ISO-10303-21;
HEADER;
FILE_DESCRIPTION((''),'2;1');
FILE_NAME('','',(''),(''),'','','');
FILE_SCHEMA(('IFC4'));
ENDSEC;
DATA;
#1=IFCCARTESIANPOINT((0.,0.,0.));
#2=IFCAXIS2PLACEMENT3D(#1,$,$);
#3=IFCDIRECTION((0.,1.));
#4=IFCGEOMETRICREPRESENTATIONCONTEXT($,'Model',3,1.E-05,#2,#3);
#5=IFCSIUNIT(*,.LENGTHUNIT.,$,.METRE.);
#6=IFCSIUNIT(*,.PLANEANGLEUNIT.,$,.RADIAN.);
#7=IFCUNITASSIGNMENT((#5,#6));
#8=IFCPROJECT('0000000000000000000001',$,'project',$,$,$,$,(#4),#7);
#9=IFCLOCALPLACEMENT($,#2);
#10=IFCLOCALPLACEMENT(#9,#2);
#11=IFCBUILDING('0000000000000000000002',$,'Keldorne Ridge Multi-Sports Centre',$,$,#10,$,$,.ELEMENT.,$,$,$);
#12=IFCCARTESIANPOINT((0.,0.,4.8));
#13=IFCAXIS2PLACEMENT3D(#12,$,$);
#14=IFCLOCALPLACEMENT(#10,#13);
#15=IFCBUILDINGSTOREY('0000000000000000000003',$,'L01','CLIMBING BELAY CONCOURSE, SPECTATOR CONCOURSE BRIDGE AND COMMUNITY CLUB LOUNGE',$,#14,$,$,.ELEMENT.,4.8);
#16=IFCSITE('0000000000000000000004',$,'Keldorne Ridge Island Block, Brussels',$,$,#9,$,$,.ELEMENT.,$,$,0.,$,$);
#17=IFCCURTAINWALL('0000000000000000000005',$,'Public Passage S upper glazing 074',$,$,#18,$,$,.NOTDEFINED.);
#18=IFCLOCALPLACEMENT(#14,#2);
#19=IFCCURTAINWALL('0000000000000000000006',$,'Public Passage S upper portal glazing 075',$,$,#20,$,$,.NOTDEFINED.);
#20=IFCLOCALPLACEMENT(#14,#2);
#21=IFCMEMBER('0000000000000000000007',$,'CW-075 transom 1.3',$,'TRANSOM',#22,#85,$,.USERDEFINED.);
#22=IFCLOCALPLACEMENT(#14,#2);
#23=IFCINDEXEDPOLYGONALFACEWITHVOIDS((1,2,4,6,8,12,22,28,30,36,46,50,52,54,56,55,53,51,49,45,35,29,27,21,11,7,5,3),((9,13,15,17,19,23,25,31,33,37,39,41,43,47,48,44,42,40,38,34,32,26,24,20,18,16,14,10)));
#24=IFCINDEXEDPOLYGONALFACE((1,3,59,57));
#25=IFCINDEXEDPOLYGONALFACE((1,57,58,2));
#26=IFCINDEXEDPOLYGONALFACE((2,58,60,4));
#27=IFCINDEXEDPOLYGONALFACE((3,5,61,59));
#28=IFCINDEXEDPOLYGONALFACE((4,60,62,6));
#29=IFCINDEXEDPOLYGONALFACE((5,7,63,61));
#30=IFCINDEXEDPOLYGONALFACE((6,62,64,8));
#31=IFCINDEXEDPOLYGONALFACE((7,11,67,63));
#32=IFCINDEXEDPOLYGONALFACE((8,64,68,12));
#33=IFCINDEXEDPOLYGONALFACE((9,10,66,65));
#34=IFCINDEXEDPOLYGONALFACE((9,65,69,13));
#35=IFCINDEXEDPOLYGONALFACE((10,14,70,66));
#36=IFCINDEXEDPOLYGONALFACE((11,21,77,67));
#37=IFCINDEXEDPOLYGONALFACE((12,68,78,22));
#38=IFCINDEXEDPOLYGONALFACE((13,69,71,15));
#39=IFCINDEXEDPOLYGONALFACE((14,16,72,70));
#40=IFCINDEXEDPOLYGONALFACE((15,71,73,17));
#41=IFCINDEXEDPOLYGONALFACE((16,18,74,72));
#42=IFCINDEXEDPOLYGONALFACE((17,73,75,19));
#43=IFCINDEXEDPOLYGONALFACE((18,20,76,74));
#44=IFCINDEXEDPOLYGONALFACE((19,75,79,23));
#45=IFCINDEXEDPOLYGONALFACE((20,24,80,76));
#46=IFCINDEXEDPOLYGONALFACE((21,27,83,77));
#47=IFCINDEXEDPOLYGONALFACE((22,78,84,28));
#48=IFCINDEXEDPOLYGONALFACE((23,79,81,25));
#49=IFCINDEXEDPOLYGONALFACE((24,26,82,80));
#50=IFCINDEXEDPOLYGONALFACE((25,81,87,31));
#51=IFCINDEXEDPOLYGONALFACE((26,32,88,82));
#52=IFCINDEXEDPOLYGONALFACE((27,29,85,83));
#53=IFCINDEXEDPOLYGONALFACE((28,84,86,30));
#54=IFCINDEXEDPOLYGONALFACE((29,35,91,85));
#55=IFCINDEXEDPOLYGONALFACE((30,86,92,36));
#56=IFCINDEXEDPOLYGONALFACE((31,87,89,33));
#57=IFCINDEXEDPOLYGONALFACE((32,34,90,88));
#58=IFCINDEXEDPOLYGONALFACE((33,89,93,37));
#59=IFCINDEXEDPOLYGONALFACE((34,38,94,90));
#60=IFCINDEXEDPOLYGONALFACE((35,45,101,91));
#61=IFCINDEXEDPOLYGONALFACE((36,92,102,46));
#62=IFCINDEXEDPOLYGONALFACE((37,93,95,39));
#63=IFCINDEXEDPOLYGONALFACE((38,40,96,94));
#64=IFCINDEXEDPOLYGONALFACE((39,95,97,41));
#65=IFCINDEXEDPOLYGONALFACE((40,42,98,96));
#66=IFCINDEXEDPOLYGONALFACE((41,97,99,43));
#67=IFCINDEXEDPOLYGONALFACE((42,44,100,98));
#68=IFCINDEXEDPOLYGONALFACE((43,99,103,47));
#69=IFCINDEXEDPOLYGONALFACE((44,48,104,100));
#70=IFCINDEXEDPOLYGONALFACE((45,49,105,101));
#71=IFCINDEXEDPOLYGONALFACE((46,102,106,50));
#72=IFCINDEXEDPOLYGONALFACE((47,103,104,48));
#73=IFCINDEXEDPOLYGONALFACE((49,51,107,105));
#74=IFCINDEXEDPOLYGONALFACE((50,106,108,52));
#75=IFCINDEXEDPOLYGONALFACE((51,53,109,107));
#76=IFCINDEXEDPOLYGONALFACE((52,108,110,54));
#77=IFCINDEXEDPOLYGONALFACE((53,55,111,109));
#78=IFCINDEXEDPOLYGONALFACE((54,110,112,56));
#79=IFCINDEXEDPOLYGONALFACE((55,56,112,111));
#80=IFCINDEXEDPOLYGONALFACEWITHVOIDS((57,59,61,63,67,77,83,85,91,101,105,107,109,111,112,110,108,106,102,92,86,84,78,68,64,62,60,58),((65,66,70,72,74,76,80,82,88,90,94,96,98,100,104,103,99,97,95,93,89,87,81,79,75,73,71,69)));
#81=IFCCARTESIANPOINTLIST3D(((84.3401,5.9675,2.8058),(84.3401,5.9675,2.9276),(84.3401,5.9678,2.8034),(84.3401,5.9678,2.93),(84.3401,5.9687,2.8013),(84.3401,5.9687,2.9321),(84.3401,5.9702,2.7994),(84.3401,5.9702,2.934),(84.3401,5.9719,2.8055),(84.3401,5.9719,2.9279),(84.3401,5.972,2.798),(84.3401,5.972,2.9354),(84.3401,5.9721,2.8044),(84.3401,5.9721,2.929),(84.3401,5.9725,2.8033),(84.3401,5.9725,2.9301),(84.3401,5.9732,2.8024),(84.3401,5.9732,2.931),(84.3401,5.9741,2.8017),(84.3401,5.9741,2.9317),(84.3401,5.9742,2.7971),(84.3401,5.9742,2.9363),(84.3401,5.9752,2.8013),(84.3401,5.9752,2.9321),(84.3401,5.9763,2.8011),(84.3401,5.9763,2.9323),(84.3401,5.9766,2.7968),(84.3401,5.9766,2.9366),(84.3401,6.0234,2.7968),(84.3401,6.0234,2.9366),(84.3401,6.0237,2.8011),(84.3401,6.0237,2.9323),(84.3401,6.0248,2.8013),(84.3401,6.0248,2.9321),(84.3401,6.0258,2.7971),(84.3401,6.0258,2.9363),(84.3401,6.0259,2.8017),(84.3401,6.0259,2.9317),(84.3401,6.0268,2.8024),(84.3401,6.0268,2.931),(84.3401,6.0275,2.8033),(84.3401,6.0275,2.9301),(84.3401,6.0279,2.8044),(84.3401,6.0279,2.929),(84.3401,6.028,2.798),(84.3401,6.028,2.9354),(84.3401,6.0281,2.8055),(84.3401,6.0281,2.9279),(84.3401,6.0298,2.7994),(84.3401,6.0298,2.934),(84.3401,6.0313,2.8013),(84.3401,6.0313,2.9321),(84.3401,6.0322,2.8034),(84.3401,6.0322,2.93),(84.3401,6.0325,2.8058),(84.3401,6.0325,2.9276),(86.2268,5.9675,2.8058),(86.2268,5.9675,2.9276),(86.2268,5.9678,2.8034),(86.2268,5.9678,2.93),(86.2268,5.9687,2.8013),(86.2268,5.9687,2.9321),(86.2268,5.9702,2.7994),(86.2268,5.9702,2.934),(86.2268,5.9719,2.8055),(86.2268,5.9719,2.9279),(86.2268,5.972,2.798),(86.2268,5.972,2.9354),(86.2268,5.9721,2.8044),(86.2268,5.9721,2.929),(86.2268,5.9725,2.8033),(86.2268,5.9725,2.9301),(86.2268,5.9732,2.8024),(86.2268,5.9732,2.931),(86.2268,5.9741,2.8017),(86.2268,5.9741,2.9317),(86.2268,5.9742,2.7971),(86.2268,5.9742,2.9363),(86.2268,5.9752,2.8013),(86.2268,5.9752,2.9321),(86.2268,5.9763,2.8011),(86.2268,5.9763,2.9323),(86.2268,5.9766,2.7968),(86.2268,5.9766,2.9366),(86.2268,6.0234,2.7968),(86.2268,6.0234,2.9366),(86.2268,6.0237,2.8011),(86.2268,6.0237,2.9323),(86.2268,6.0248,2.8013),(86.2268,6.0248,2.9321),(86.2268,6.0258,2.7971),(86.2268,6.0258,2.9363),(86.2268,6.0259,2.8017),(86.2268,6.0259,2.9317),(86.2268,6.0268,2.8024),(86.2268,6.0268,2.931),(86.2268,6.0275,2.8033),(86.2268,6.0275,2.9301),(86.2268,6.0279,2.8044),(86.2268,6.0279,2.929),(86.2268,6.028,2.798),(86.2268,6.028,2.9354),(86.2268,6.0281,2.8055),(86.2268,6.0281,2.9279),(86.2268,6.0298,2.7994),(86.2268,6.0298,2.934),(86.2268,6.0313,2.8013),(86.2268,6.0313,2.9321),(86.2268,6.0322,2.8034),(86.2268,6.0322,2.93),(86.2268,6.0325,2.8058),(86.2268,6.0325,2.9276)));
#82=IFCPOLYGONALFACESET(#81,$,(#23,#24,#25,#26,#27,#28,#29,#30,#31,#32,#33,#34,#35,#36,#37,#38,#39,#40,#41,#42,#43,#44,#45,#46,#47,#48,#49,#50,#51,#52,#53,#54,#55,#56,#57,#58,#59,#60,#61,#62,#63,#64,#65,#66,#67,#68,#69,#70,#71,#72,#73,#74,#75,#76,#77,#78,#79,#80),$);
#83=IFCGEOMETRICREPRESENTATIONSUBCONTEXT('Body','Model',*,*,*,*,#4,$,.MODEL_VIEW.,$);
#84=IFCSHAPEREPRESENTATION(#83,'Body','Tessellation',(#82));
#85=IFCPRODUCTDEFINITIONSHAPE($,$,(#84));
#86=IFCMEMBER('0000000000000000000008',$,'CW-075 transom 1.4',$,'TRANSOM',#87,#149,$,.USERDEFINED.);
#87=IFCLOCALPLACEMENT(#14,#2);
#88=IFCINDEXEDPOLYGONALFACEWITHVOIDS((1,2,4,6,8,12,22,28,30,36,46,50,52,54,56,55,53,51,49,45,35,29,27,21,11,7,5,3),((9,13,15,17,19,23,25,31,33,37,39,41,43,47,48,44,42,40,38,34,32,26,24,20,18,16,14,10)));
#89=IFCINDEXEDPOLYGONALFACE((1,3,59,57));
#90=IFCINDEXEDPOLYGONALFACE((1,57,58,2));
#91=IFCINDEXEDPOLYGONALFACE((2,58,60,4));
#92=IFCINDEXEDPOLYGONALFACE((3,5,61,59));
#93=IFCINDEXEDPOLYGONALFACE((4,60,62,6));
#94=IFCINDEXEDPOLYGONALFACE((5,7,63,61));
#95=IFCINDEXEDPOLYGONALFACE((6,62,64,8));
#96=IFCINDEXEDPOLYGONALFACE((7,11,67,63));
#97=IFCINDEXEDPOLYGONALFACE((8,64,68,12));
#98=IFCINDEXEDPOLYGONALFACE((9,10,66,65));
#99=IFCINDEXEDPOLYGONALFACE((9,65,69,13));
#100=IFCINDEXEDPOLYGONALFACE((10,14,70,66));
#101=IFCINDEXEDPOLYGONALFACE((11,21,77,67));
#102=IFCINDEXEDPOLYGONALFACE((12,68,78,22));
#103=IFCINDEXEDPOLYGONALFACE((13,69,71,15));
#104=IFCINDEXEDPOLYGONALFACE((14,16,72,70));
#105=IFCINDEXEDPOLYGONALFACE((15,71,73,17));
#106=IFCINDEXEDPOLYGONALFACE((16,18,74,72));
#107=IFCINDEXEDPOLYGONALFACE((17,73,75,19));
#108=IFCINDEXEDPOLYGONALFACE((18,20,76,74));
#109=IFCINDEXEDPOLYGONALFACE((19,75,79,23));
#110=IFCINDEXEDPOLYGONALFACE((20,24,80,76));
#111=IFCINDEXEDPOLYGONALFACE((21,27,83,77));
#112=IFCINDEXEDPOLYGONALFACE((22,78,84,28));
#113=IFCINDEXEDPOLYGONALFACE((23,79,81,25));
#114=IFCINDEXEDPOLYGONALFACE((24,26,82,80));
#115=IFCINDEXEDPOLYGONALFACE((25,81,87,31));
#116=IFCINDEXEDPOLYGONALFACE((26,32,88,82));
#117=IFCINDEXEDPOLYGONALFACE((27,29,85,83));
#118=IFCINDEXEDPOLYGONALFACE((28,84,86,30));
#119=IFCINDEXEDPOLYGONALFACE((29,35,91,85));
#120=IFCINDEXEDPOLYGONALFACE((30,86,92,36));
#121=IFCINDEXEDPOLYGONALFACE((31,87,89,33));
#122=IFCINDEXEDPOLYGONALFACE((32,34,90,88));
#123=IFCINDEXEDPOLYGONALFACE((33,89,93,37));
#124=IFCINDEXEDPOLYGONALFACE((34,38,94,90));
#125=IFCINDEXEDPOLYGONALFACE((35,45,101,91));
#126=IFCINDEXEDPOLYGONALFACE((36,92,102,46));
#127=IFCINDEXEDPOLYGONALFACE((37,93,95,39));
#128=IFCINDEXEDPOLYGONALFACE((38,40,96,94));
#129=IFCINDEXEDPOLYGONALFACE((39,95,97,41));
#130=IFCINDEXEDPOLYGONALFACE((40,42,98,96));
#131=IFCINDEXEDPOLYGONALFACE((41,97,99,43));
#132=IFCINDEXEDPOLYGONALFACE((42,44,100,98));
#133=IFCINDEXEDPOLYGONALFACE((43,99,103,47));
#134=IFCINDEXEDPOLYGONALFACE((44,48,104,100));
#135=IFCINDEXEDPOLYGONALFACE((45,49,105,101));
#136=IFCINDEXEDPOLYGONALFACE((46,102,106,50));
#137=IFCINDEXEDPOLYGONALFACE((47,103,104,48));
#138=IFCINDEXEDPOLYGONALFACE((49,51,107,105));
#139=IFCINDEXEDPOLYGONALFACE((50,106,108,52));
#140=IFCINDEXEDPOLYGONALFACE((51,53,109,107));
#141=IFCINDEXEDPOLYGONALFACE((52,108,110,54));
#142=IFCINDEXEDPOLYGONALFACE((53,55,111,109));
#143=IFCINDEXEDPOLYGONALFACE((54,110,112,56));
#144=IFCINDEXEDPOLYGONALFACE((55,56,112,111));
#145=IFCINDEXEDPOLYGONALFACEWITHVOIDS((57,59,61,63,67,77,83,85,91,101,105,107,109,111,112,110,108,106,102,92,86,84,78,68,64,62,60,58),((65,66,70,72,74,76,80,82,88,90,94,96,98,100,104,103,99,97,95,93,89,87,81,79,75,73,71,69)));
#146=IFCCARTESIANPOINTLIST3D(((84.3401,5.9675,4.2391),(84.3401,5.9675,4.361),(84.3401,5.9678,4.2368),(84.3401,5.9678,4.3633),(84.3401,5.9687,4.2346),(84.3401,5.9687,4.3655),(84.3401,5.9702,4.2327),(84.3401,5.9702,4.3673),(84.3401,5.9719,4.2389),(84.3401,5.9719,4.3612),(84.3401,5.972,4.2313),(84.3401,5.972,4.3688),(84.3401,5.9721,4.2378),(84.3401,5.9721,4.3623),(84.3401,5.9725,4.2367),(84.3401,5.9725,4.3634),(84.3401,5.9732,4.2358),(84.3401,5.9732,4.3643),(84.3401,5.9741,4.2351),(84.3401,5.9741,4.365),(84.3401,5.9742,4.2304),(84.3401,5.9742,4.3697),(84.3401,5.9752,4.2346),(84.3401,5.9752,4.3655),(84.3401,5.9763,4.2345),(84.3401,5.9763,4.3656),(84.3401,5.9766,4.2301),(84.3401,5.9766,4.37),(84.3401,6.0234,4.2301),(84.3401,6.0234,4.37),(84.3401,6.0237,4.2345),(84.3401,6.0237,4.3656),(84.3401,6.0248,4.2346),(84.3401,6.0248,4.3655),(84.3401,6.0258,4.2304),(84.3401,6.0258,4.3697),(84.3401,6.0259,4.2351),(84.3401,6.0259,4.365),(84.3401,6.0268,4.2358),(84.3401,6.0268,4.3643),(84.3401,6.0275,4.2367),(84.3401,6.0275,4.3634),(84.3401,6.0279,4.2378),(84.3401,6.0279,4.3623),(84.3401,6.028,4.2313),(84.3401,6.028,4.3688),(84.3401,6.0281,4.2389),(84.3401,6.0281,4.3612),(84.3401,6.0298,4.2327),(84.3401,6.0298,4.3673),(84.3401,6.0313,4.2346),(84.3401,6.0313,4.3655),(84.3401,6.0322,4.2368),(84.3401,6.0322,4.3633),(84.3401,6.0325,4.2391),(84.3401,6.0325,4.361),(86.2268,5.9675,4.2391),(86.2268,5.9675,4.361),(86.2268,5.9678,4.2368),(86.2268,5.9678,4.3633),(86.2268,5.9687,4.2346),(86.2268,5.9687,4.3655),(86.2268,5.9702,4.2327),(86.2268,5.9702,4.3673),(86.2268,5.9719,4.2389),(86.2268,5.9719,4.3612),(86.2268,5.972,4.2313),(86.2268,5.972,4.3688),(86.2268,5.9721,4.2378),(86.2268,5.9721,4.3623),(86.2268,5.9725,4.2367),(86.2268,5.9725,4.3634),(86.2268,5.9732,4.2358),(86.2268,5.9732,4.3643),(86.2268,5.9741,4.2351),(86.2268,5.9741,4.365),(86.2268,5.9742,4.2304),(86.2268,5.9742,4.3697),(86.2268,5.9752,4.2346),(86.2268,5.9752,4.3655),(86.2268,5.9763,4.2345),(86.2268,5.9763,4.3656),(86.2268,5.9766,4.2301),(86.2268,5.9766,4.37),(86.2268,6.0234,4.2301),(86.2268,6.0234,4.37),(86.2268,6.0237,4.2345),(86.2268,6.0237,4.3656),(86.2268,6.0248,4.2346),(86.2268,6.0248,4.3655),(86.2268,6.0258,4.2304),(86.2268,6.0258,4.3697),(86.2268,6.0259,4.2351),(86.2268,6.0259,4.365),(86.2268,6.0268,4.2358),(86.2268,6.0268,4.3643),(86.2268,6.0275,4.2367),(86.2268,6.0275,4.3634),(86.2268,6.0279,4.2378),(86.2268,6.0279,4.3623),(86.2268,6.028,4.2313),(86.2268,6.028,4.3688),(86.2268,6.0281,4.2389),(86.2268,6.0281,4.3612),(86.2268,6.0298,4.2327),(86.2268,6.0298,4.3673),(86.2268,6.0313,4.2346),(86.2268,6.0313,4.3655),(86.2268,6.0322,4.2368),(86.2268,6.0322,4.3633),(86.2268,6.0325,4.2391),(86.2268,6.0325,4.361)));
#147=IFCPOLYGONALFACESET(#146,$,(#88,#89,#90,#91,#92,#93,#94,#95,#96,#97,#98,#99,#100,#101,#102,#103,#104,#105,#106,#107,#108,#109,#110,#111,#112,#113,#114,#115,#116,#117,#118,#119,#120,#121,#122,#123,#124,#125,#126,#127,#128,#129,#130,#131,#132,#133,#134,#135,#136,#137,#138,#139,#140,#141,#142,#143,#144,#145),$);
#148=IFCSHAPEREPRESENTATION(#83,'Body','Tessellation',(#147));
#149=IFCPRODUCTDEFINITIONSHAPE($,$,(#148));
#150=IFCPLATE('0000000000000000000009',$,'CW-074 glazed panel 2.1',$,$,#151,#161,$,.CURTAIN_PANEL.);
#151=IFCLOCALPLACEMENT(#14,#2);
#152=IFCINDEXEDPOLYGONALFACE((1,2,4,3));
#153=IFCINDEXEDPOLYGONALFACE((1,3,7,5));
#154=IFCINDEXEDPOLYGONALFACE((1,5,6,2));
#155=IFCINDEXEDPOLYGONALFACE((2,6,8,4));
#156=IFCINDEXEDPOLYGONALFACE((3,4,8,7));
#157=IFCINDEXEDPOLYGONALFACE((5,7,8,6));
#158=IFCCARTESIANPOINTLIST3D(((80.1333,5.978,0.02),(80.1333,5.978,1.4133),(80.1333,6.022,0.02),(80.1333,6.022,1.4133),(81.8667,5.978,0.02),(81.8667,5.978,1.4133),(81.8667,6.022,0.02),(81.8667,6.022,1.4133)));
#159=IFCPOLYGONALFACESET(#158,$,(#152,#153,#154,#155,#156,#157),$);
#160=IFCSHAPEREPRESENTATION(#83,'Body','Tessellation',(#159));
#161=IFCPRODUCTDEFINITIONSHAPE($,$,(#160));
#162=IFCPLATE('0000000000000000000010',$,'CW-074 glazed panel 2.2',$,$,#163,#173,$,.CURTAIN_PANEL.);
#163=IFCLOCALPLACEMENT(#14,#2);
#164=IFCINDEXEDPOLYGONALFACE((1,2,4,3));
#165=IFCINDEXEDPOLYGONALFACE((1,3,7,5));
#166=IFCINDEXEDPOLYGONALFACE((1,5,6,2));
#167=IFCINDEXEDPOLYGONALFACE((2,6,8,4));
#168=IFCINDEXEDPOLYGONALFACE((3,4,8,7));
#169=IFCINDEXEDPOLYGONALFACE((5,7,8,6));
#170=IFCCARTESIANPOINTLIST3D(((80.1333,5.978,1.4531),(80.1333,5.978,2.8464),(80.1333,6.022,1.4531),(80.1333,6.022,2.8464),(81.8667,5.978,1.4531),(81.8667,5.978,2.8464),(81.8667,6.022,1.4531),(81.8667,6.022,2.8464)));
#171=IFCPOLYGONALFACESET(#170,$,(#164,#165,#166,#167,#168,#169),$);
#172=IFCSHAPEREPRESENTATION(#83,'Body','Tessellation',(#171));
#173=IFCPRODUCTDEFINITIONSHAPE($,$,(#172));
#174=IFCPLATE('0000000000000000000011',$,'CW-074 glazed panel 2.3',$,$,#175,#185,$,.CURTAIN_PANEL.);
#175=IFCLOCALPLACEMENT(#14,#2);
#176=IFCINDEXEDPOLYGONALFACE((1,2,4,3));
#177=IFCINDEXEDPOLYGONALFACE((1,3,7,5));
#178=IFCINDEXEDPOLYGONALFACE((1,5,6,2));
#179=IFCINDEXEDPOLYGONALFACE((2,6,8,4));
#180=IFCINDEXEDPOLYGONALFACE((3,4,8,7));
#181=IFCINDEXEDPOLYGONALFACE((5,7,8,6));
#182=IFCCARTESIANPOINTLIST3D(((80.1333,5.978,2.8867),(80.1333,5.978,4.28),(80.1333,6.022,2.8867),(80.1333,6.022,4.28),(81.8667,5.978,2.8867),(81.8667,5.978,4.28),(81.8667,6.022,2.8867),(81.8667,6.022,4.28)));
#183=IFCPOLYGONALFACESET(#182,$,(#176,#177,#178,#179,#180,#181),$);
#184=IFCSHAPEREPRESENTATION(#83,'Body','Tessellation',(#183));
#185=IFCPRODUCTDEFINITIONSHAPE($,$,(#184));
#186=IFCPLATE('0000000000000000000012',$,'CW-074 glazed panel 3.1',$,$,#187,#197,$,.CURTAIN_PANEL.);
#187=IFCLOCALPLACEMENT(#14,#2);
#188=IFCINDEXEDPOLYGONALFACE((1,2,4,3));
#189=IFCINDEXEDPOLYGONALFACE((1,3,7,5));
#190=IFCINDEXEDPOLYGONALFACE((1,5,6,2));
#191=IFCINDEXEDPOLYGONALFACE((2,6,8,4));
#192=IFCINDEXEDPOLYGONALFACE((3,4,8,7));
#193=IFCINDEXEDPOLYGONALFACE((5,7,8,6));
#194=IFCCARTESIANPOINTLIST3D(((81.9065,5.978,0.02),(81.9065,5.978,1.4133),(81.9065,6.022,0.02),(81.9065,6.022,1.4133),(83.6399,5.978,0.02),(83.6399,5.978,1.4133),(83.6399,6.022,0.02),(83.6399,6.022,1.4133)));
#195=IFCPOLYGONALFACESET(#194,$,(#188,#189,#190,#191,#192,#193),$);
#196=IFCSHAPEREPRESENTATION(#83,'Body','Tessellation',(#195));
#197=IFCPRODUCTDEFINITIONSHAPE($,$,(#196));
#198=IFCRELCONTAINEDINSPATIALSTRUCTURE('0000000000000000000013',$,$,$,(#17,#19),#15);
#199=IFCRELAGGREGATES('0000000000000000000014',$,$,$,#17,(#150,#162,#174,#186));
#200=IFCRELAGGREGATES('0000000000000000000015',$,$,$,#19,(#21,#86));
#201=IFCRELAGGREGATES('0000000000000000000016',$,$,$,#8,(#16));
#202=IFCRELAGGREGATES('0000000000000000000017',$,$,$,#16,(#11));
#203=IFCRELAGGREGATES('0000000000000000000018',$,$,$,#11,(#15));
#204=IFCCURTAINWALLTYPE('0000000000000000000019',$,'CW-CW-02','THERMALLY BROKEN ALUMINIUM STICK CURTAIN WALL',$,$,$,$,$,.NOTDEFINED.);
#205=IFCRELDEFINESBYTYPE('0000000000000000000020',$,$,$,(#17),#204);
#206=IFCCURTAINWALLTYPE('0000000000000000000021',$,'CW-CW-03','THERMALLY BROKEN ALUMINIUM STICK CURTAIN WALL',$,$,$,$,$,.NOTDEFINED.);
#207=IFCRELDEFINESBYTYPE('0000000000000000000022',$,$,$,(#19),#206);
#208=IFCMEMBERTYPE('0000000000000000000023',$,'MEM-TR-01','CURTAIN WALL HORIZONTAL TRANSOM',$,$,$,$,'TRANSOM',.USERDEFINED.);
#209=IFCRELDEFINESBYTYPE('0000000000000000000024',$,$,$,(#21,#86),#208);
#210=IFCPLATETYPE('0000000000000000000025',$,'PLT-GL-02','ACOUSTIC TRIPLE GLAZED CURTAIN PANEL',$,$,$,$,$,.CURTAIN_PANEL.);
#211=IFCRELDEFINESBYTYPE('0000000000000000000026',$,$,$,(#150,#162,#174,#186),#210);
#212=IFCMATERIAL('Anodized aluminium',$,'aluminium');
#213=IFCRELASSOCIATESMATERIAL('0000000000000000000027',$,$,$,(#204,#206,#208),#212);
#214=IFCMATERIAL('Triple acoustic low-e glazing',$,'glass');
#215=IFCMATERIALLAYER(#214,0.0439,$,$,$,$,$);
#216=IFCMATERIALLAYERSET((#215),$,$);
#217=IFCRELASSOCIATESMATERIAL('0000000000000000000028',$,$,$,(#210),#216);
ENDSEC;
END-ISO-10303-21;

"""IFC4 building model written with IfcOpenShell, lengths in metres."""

from ifc_helpers import new_model, si_unit, direction, frame, origin, origin_2d, place, context, subcontext, project, spatial, rectangle, hollow_rectangle, extrude, material, layer, layer_set, material_profile, profile_set, type_object, element, aggregate, save


model = new_model("IFC4")

# Units and contexts
model_context = context("Model", 3, precision=1e-05, world=origin(), true_north=direction((0.0, 1.0)))
body_context = subcontext(model_context, "Body", "Model", "MODEL_VIEW")
ifc_project = project(units=[si_unit("LENGTHUNIT", "METRE"), si_unit("PLANEANGLEUNIT", "RADIAN")], contexts=[model_context])

# Site, building, storey
site_placement = place(None, origin())
site = spatial("IfcSite", under=ifc_project, at=site_placement, Name="Keldorne Ridge Island Block, Brussels", CompositionType="ELEMENT", RefElevation=0.0)
building_placement = place(site_placement, origin())
building = spatial("IfcBuilding", under=site, at=building_placement, Name="Keldorne Ridge Multi-Sports Centre", CompositionType="ELEMENT")
storey_placement = place(building_placement, frame((0.0, 0.0, 4.8)))
storey = spatial("IfcBuildingStorey", under=building, at=storey_placement, Name="L01", Description="CLIMBING BELAY CONCOURSE, SPECTATOR CONCOURSE BRIDGE AND COMMUNITY CLUB LOUNGE", CompositionType="ELEMENT", Elevation=4.8)

# Curtain wall
ifc_material_1 = material(Name="Anodized aluminium", Category="aluminium")
curtain_wall_type_1 = type_object("IfcCurtainWallType", Name="CW-CW-02", Description="THERMALLY BROKEN ALUMINIUM STICK CURTAIN WALL", PredefinedType="NOTDEFINED", material=ifc_material_1)
curtain_wall_1_placement = place(storey_placement, origin())
curtain_wall_1 = element("IfcCurtainWall", 1, at=curtain_wall_1_placement, inside=storey, type_object=curtain_wall_type_1, Name="Public Passage S upper glazing 074", PredefinedType="NOTDEFINED")

# Curtain wall
curtain_wall_type_2 = type_object("IfcCurtainWallType", Name="CW-CW-03", Description="THERMALLY BROKEN ALUMINIUM STICK CURTAIN WALL", PredefinedType="NOTDEFINED", material=ifc_material_1)
curtain_wall_2_placement = place(storey_placement, origin())
curtain_wall_2 = element("IfcCurtainWall", 2, at=curtain_wall_2_placement, inside=storey, type_object=curtain_wall_type_2, Name="Public Passage S upper portal glazing 075", PredefinedType="NOTDEFINED")

# Members
ifc_material_profile_1 = material_profile(ifc_material_1, hollow_rectangle(XDim=0.0649, YDim=0.1399, WallThickness=0.0044, InnerFilletRadius=0.0044, OuterFilletRadius=0.009, at=origin_2d()), Name="ALU TRANSOM 140x65x4.5")
ifc_profile_set_1 = profile_set([ifc_material_profile_1], Name="Anodized aluminium")
member_type_1 = type_object("IfcMemberType", Name="MEM-TR-01", Description="CURTAIN WALL HORIZONTAL TRANSOM", ElementType="TRANSOM", PredefinedType="USERDEFINED", material=ifc_profile_set_1)
member_1_placement = place(storey_placement, frame((84.3401, 6.0, 2.8667), z_axis=(1.0, 0.0, 0.0), x_axis=(0.0, 1.0, 0.0)))
member_1 = element("IfcMember", 3, at=member_1_placement, type_object=member_type_1, Name="CW-075 transom 1.3", ObjectType="TRANSOM", PredefinedType="USERDEFINED", context=body_context, shape_type="SweptSolid", body=[
    extrude(hollow_rectangle(XDim=0.0649, YDim=0.1399, WallThickness=0.0044, InnerFilletRadius=0.0044, OuterFilletRadius=0.009, at=origin_2d()), origin(), (0.0, 0.0, 1.0), 1.8867),
])
member_2_placement = place(storey_placement, frame((84.3401, 6.0, 4.3), z_axis=(1.0, 0.0, 0.0), x_axis=(0.0, 1.0, 0.0)))
member_2 = element("IfcMember", 4, at=member_2_placement, type_object=member_type_1, Name="CW-075 transom 1.4", ObjectType="TRANSOM", PredefinedType="USERDEFINED", context=body_context, shape_type="SweptSolid", body=[
    extrude(hollow_rectangle(XDim=0.0649, YDim=0.1399, WallThickness=0.0044, InnerFilletRadius=0.0044, OuterFilletRadius=0.009, at=origin_2d()), origin(), (0.0, 0.0, 1.0), 1.8867),
])

# Plates
ifc_material_2 = material(Name="Triple acoustic low-e glazing", Category="glass")
ifc_layer = layer(ifc_material_2, 0.0439)
ifc_layer_set = layer_set([ifc_layer])
plate_type = type_object("IfcPlateType", Name="PLT-GL-02", Description="ACOUSTIC TRIPLE GLAZED CURTAIN PANEL", PredefinedType="CURTAIN_PANEL", material=ifc_layer_set)
plate_1_placement = place(storey_placement, frame((81.0, 6.0, 0.02), z_axis=(0.0, 0.0, 1.0), x_axis=(1.0, 0.0, 0.0)))
plate_1 = element("IfcPlate", 5, at=plate_1_placement, type_object=plate_type, Name="CW-074 glazed panel 2.1", PredefinedType="CURTAIN_PANEL", context=body_context, shape_type="SweptSolid", body=[
    extrude(rectangle(XDim=1.7334, YDim=0.0439, at=origin_2d()), origin(), (0.0, 0.0, 1.0), 1.3933),
])
plate_2_placement = place(storey_placement, frame((81.0, 6.0, 1.4531), z_axis=(0.0, 0.0, 1.0), x_axis=(1.0, 0.0, 0.0)))
plate_2 = element("IfcPlate", 6, at=plate_2_placement, type_object=plate_type, Name="CW-074 glazed panel 2.2", PredefinedType="CURTAIN_PANEL", context=body_context, shape_type="SweptSolid", body=[
    extrude(rectangle(XDim=1.7334, YDim=0.0439, at=origin_2d()), origin(), (0.0, 0.0, 1.0), 1.3933),
])
plate_3_placement = place(storey_placement, frame((81.0, 6.0, 2.8867), z_axis=(0.0, 0.0, 1.0), x_axis=(1.0, 0.0, 0.0)))
plate_3 = element("IfcPlate", 7, at=plate_3_placement, type_object=plate_type, Name="CW-074 glazed panel 2.3", PredefinedType="CURTAIN_PANEL", context=body_context, shape_type="SweptSolid", body=[
    extrude(rectangle(XDim=1.7334, YDim=0.0439, at=origin_2d()), origin(), (0.0, 0.0, 1.0), 1.3933),
])
plate_4_placement = place(storey_placement, frame((82.7732, 6.0, 0.02), z_axis=(0.0, 0.0, 1.0), x_axis=(1.0, 0.0, 0.0)))
plate_4 = element("IfcPlate", 8, at=plate_4_placement, type_object=plate_type, Name="CW-074 glazed panel 3.1", PredefinedType="CURTAIN_PANEL", context=body_context, shape_type="SweptSolid", body=[
    extrude(rectangle(XDim=1.7334, YDim=0.0439, at=origin_2d()), origin(), (0.0, 0.0, 1.0), 1.3933),
])
aggregate(curtain_wall_1, [plate_1, plate_2, plate_3, plate_4])
aggregate(curtain_wall_2, [member_1, member_2])

save(model, "model.ifc")
